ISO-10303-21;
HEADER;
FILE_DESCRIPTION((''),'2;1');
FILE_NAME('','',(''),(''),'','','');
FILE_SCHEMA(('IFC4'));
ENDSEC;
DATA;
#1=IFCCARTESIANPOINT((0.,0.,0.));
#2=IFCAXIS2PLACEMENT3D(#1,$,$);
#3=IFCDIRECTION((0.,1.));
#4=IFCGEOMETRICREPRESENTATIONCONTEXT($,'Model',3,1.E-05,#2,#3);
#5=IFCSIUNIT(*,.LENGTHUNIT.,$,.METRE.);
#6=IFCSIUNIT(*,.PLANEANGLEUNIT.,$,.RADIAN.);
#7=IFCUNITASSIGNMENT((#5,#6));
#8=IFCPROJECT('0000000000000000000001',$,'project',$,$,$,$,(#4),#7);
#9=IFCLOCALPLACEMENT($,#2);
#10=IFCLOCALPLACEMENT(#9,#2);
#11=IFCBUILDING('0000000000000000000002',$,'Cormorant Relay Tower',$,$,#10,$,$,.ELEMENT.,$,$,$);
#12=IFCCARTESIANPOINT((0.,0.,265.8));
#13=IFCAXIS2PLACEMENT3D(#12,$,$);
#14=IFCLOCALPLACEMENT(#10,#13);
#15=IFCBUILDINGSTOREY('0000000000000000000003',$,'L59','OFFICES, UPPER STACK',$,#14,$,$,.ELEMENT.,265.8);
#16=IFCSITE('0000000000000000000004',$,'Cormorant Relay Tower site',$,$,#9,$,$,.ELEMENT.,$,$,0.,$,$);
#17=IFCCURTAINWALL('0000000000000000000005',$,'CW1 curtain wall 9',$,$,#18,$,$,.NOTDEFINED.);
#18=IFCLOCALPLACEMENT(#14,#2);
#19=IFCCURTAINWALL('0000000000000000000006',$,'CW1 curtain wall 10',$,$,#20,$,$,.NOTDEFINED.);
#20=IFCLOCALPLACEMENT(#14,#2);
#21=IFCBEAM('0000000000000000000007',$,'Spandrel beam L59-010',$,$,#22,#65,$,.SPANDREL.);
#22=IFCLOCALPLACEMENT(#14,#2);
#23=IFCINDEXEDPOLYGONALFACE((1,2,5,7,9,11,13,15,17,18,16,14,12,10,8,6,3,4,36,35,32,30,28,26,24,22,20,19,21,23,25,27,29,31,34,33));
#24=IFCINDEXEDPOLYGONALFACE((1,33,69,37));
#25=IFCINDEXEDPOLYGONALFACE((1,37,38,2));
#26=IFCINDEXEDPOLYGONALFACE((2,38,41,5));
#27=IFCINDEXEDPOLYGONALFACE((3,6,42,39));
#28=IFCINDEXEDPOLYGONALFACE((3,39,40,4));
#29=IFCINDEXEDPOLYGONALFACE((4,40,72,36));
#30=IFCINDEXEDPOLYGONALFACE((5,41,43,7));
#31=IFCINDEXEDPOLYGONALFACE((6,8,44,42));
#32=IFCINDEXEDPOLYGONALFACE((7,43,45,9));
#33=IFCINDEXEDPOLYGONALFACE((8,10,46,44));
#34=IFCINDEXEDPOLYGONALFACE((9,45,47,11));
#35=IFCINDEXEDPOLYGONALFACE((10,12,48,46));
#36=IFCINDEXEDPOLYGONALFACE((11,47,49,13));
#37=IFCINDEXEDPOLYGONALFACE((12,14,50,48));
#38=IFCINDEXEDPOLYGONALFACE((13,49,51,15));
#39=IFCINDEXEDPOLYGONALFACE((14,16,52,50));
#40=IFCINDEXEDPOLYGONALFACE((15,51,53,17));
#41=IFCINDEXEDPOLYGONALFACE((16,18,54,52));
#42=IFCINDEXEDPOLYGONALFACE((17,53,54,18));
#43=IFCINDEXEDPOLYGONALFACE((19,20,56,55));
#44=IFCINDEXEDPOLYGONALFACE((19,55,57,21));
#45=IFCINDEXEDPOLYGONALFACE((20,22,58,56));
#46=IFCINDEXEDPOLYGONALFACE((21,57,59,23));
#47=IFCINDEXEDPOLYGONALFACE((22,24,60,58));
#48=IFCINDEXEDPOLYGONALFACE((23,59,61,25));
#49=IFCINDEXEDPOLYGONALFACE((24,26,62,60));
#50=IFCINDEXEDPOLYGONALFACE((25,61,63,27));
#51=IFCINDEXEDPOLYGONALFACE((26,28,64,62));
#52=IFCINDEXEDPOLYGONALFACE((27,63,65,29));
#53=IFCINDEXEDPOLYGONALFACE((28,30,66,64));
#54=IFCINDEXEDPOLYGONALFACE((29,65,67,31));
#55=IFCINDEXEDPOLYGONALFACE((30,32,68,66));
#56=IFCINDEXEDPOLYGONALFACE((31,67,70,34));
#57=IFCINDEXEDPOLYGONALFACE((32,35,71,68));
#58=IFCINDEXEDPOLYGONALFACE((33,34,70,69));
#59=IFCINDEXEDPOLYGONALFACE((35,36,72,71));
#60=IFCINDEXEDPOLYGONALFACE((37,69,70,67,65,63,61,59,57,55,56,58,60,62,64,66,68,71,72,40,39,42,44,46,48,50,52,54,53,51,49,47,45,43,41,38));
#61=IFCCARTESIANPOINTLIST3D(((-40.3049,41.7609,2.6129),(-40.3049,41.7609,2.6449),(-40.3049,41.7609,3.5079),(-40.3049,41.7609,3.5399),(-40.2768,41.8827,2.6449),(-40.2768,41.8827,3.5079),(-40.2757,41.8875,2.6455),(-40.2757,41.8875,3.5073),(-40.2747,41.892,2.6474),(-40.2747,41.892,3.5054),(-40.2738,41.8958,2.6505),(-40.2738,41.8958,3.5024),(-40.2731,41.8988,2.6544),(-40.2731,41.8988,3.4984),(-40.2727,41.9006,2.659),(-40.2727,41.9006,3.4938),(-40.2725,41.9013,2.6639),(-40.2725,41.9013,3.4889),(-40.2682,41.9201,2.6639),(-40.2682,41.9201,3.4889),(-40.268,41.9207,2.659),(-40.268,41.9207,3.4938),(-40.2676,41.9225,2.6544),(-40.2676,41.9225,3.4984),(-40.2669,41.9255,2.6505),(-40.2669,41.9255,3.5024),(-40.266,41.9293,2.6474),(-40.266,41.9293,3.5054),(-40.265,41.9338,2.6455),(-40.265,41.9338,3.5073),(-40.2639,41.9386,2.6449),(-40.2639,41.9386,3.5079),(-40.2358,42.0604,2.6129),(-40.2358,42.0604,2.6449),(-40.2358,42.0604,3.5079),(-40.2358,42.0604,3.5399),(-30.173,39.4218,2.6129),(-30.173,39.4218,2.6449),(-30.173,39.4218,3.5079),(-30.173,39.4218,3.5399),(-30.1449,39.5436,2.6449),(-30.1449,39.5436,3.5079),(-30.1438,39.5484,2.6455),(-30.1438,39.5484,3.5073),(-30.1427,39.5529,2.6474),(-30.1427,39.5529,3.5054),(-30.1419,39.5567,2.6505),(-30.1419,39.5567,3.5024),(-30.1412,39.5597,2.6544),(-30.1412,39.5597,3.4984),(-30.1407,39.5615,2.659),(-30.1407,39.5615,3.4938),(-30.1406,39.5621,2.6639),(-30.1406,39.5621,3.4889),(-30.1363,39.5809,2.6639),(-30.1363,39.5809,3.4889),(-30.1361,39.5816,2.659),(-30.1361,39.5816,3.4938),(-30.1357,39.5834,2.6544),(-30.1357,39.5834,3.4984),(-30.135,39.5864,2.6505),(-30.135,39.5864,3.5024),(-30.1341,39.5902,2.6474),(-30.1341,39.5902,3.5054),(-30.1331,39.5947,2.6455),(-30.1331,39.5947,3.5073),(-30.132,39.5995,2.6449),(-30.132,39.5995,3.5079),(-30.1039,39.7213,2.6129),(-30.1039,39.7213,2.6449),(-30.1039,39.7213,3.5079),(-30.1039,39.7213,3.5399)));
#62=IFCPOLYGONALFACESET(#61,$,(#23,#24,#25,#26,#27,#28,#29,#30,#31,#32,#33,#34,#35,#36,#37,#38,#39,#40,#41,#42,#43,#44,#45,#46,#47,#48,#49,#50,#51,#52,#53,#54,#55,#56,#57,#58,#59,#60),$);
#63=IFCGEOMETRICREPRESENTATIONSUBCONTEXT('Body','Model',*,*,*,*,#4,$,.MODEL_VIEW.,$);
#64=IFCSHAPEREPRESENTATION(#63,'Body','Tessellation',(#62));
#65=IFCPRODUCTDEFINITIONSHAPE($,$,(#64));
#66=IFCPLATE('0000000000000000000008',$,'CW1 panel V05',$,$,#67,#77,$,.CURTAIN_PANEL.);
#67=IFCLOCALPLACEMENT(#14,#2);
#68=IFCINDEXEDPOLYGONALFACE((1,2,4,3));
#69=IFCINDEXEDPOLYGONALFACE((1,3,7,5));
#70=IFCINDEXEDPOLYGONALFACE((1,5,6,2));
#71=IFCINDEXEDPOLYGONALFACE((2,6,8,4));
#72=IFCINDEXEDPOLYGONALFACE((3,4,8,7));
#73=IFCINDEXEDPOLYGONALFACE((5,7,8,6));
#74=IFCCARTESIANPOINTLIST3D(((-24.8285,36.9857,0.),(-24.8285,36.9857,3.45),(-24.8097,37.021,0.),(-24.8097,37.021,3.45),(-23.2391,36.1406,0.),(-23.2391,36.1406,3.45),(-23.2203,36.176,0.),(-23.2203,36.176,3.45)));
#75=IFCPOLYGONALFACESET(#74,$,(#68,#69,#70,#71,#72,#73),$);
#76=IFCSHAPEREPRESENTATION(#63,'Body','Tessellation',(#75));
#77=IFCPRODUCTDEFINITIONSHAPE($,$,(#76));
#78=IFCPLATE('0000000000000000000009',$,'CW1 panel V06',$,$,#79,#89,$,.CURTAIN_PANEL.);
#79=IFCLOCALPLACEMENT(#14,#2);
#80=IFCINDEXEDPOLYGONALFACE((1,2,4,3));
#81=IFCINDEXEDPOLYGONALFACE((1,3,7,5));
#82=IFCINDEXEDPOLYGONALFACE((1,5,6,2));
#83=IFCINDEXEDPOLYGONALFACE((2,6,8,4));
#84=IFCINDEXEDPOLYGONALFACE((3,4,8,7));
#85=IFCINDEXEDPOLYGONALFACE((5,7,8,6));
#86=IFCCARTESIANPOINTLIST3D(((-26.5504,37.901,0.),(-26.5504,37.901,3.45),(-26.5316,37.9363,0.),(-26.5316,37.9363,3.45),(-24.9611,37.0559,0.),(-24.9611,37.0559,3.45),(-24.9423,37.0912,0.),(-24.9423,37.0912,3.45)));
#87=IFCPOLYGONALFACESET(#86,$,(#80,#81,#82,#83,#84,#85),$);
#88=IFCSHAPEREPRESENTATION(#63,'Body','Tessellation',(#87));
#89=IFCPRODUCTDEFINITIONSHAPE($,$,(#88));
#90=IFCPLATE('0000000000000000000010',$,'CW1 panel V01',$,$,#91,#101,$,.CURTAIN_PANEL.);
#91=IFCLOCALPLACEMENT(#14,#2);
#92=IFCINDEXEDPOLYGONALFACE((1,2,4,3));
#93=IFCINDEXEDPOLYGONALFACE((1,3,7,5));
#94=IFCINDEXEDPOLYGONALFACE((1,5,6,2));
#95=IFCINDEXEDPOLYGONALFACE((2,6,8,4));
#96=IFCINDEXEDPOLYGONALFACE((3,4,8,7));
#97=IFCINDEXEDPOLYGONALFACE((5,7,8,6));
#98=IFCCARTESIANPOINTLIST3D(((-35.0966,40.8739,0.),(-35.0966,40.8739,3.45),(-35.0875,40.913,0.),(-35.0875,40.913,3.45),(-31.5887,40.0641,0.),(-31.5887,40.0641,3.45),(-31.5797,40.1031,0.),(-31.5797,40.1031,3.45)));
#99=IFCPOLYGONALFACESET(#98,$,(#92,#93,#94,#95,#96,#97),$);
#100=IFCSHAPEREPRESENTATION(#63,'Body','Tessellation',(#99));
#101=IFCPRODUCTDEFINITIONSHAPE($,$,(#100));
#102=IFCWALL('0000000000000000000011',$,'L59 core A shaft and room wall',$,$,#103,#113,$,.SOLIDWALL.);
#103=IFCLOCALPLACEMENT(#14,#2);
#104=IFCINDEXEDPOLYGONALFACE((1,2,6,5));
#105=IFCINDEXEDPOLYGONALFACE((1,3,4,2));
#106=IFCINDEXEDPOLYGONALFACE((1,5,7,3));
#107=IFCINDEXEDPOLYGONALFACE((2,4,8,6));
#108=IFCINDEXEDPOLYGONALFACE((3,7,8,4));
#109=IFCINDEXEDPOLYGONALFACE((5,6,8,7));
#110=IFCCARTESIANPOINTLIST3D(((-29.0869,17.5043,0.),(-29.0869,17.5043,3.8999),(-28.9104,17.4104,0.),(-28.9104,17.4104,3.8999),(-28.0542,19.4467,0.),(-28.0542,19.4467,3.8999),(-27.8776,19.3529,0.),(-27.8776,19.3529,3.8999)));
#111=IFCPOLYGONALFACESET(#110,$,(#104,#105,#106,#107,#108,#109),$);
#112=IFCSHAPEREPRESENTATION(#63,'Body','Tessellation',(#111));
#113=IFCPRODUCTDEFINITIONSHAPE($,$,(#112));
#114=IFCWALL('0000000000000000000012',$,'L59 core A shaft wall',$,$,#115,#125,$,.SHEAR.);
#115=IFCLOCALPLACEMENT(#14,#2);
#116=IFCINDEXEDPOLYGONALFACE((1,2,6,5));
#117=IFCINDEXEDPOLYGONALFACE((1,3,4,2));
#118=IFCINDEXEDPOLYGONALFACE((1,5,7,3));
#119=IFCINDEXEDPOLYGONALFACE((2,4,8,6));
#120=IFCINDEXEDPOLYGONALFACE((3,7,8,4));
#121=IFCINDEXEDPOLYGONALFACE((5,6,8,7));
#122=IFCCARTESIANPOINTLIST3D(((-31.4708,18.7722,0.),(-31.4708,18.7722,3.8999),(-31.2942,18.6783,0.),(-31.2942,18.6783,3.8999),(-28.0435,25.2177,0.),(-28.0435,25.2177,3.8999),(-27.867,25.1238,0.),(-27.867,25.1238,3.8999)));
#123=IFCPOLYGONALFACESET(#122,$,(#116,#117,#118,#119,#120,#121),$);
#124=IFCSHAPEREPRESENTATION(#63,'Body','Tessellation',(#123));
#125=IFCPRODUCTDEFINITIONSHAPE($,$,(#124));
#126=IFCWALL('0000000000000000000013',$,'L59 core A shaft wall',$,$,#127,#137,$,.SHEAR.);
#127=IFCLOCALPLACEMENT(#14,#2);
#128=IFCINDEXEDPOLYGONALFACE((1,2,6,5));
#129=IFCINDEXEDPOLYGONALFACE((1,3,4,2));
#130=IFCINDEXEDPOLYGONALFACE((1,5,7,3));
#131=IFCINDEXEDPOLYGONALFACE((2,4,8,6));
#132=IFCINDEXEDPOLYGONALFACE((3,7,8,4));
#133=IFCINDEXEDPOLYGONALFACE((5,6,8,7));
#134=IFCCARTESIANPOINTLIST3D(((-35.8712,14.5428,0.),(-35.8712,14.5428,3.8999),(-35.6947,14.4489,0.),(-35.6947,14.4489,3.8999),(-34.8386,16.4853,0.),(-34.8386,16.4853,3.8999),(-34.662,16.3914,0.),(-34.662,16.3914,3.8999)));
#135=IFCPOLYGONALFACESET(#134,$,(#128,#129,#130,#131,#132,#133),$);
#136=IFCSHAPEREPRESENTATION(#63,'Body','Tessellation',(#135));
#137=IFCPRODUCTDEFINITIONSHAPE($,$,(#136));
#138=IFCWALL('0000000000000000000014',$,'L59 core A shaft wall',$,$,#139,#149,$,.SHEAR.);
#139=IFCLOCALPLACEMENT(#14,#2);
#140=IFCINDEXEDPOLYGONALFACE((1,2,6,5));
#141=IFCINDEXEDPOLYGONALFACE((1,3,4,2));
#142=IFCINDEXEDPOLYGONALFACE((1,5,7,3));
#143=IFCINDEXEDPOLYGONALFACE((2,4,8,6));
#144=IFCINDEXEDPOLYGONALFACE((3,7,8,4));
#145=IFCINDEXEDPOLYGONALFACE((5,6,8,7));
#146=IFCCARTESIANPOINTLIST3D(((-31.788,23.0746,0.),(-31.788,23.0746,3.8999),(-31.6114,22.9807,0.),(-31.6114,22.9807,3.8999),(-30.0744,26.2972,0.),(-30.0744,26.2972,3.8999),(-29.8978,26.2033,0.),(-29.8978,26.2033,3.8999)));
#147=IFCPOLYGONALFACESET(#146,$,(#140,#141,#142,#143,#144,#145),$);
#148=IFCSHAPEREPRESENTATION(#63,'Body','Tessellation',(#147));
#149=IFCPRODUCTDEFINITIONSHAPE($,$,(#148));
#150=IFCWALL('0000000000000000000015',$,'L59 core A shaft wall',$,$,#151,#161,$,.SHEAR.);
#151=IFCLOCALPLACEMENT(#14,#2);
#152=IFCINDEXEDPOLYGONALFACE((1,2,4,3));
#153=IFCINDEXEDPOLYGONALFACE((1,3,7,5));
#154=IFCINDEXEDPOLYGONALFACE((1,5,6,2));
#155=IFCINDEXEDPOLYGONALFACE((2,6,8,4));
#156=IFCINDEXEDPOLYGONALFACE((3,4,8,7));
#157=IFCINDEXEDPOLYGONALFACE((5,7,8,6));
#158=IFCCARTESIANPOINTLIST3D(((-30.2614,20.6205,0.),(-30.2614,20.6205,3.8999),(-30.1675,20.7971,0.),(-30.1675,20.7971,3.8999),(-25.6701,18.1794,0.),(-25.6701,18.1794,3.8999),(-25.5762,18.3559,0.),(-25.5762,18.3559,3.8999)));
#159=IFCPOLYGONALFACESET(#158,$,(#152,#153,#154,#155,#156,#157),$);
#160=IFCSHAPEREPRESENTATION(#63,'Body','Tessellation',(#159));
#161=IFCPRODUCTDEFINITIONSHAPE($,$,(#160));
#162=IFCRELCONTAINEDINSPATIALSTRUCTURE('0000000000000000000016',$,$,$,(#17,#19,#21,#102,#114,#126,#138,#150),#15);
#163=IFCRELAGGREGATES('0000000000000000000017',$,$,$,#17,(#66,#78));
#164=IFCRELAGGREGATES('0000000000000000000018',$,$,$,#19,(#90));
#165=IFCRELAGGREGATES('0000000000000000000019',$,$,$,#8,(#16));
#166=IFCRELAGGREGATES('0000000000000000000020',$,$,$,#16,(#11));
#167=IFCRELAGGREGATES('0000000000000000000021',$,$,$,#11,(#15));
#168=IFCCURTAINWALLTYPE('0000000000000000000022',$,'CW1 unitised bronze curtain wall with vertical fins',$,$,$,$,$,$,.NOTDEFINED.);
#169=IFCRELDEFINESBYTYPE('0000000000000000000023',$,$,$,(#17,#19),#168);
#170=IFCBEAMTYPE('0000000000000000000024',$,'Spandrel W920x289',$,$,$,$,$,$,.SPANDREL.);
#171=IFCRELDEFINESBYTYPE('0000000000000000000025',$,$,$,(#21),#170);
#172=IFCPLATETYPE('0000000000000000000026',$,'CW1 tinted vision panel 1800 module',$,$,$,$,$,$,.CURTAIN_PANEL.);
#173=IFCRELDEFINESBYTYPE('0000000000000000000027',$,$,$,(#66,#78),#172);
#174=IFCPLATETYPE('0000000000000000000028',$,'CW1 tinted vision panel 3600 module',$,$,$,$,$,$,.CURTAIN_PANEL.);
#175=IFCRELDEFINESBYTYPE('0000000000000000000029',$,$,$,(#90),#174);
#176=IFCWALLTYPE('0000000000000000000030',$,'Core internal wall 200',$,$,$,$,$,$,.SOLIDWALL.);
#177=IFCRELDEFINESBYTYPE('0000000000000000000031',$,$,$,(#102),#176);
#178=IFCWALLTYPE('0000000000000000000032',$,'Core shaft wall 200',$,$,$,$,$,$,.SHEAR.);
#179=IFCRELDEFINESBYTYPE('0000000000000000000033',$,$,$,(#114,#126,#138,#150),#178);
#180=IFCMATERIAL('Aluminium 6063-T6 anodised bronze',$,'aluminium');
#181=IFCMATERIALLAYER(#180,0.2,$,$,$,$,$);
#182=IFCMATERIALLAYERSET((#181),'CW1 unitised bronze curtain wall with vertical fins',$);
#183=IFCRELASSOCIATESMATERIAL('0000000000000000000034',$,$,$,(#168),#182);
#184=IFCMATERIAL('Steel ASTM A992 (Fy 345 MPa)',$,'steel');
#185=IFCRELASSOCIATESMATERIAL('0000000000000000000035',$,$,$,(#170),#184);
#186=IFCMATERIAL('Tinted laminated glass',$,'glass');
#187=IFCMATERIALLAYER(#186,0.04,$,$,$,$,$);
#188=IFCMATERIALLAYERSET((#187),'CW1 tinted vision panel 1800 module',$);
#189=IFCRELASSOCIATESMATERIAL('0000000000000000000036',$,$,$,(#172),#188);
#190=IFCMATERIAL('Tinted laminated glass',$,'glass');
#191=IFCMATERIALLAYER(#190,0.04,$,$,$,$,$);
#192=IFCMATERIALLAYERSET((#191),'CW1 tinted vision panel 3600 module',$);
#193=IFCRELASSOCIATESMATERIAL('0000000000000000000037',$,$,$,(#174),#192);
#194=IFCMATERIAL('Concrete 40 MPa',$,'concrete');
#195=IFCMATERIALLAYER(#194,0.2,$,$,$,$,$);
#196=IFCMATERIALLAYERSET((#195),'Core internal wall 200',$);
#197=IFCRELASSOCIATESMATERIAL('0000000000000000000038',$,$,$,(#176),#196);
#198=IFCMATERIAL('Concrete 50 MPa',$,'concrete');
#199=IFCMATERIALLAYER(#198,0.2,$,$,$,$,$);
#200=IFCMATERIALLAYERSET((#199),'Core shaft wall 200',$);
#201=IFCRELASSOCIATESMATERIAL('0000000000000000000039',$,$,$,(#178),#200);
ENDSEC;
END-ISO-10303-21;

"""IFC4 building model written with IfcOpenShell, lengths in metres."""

from ifc_helpers import new_model, si_unit, direction, frame, frame_2d, origin, origin_2d, place, context, subcontext, project, spatial, rectangle, i_section, extrude, material, layer, layer_set, material_profile, profile_set, type_object, element, aggregate, save


model = new_model("IFC4")

# Units and contexts
model_context = context("Model", 3, precision=1e-05, world=origin(), true_north=direction((0.0, 1.0)))
body_context = subcontext(model_context, "Body", "Model", "MODEL_VIEW")
ifc_project = project(units=[si_unit("LENGTHUNIT", "METRE"), si_unit("PLANEANGLEUNIT", "RADIAN")], contexts=[model_context])

# Site, building, storey
site_placement = place(None, origin())
site = spatial("IfcSite", under=ifc_project, at=site_placement, Name="Cormorant Relay Tower site", CompositionType="ELEMENT", RefElevation=0.0)
building_placement = place(site_placement, origin())
building = spatial("IfcBuilding", under=site, at=building_placement, Name="Cormorant Relay Tower", CompositionType="ELEMENT")
storey_placement = place(building_placement, frame((0.0, 0.0, 265.8)))
storey = spatial("IfcBuildingStorey", under=building, at=storey_placement, Name="L59", Description="OFFICES, UPPER STACK", CompositionType="ELEMENT", Elevation=265.8)

# Curtain wall
ifc_material_1 = material(Name="Aluminium 6063-T6 anodised bronze", Category="aluminium")
ifc_layer_1 = layer(ifc_material_1, 0.2)
ifc_layer_set_1 = layer_set([ifc_layer_1], Name="CW1 unitised bronze curtain wall with vertical fins")
curtain_wall_type = type_object("IfcCurtainWallType", Name="CW1 unitised bronze curtain wall with vertical fins", PredefinedType="NOTDEFINED", material=ifc_layer_set_1)
curtain_wall_1_placement = place(storey_placement, origin())
curtain_wall_1 = element("IfcCurtainWall", 1, at=curtain_wall_1_placement, inside=storey, type_object=curtain_wall_type, Name="CW1 curtain wall 9", PredefinedType="NOTDEFINED")

# Curtain wall
curtain_wall_2_placement = place(storey_placement, origin())
curtain_wall_2 = element("IfcCurtainWall", 2, at=curtain_wall_2_placement, inside=storey, type_object=curtain_wall_type, Name="CW1 curtain wall 10", PredefinedType="NOTDEFINED")

# Beam
ifc_material_2 = material(Name="Steel ASTM A992 (Fy 345 MPa)", Category="steel")
ifc_material_profile_1 = material_profile(ifc_material_2, i_section(OverallWidth=0.3074, OverallDepth=0.927, WebThickness=0.0193, FlangeThickness=0.032, FilletRadius=0.019, at=origin_2d()), Name="W920x289")
ifc_profile_set_1 = profile_set([ifc_material_profile_1], Name="Steel ASTM A992 (Fy 345 MPa)")
beam_type = type_object("IfcBeamType", Name="Spandrel W920x289", PredefinedType="SPANDREL", material=ifc_profile_set_1)
beam_placement = place(storey_placement, frame((-30.1384, 39.5715, 3.0764), z_axis=(-0.97437, 0.22495, 0.0), x_axis=(-0.22495, -0.97437, 0.0)))
element("IfcBeam", 3, at=beam_placement, inside=storey, type_object=beam_type, Name="Spandrel beam L59-010", PredefinedType="SPANDREL", context=body_context, shape_type="SweptSolid", body=[
    extrude(i_section(OverallWidth=0.3074, OverallDepth=0.927, WebThickness=0.0193, FlangeThickness=0.032, FilletRadius=0.019, at=origin_2d()), origin(), (0.0, 0.0, 1.0), 10.3984),
])

# Plates
ifc_material_3 = material(Name="Tinted laminated glass", Category="glass")
ifc_layer_2 = layer(ifc_material_3, 0.04)
ifc_layer_set_2 = layer_set([ifc_layer_2], Name="CW1 tinted vision panel 1800 module")
plate_type_1 = type_object("IfcPlateType", Name="CW1 tinted vision panel 1800 module", PredefinedType="CURTAIN_PANEL", material=ifc_layer_set_2)
plate_1_placement = place(storey_placement, frame((-24.0244, 36.5808, 0.0), z_axis=(0.0, 0.0, 1.0), x_axis=(-0.882948, 0.469472, 0.0)))
plate_1 = element("IfcPlate", 4, at=plate_1_placement, type_object=plate_type_1, Name="CW1 panel V05", PredefinedType="CURTAIN_PANEL", context=body_context, shape_type="SweptSolid", body=[
    extrude(rectangle(XDim=1.8, YDim=0.04, at=origin_2d()), origin(), (0.0, 0.0, 1.0), 3.45),
])
plate_2_placement = place(storey_placement, frame((-25.7463, 37.4961, 0.0), z_axis=(0.0, 0.0, 1.0), x_axis=(-0.882948, 0.469472, 0.0)))
plate_2 = element("IfcPlate", 5, at=plate_2_placement, type_object=plate_type_1, Name="CW1 panel V06", PredefinedType="CURTAIN_PANEL", context=body_context, shape_type="SweptSolid", body=[
    extrude(rectangle(XDim=1.8, YDim=0.04, at=origin_2d()), origin(), (0.0, 0.0, 1.0), 3.45),
])
ifc_material_4 = material(Name="Tinted laminated glass", Category="glass")
ifc_layer_3 = layer(ifc_material_4, 0.04)
ifc_layer_set_3 = layer_set([ifc_layer_3], Name="CW1 tinted vision panel 3600 module")
plate_type_2 = type_object("IfcPlateType", Name="CW1 tinted vision panel 3600 module", PredefinedType="CURTAIN_PANEL", material=ifc_layer_set_3)
plate_3_placement = place(storey_placement, frame((-33.3381, 40.4885, 0.0), z_axis=(0.0, 0.0, 1.0), x_axis=(-0.97437, 0.224951, 0.0)))
plate_3 = element("IfcPlate", 6, at=plate_3_placement, type_object=plate_type_2, Name="CW1 panel V01", PredefinedType="CURTAIN_PANEL", context=body_context, shape_type="SweptSolid", body=[
    extrude(rectangle(XDim=3.6001, YDim=0.04, at=origin_2d()), origin(), (0.0, 0.0, 1.0), 3.45),
])

# Walls
ifc_material_5 = material(Name="Concrete 40 MPa", Category="concrete")
ifc_layer_4 = layer(ifc_material_5, 0.2)
ifc_layer_set_4 = layer_set([ifc_layer_4], Name="Core internal wall 200")
wall_type_1 = type_object("IfcWallType", Name="Core internal wall 200", PredefinedType="SOLIDWALL", material=ifc_layer_set_4)
wall_1_placement = place(storey_placement, frame((-27.9658, 19.3999, 0.0), z_axis=(0.0, 0.0, 1.0), x_axis=(-0.469447, -0.88296, 0.0)))
element("IfcWall", 7, at=wall_1_placement, inside=storey, type_object=wall_type_1, Name="L59 core A shaft and room wall", PredefinedType="SOLIDWALL", context=body_context, shape_type="SweptSolid", body=[
    extrude(rectangle(XDim=2.2, YDim=0.2, at=frame_2d((1.1001, 0.0))), origin(), (0.0, 0.0, 1.0), 3.8999),
])
ifc_material_6 = material(Name="Concrete 50 MPa", Category="concrete")
ifc_layer_5 = layer(ifc_material_6, 0.2)
ifc_layer_set_5 = layer_set([ifc_layer_5], Name="Core shaft wall 200")
wall_type_2 = type_object("IfcWallType", Name="Core shaft wall 200", PredefinedType="SHEAR", material=ifc_layer_set_5)
wall_2_placement = place(storey_placement, frame((-27.9553, 25.1707, 0.0), z_axis=(0.0, 0.0, 1.0), x_axis=(-0.46948, -0.882943, 0.0)))
element("IfcWall", 8, at=wall_2_placement, inside=storey, type_object=wall_type_2, Name="L59 core A shaft wall", PredefinedType="SHEAR", context=body_context, shape_type="SweptSolid", body=[
    extrude(rectangle(XDim=7.3, YDim=0.2, at=frame_2d((3.6499, 0.0))), origin(), (0.0, 0.0, 1.0), 3.8999),
])
wall_3_placement = place(storey_placement, frame((-34.7502, 16.4385, 0.0), z_axis=(0.0, 0.0, 1.0), x_axis=(-0.469401, -0.882985, 0.0)))
element("IfcWall", 9, at=wall_3_placement, inside=storey, type_object=wall_type_2, Name="L59 core A shaft wall", PredefinedType="SHEAR", context=body_context, shape_type="SweptSolid", body=[
    extrude(rectangle(XDim=2.2, YDim=0.2, at=frame_2d((1.1001, 0.0))), origin(), (0.0, 0.0, 1.0), 3.8999),
])
wall_4_placement = place(storey_placement, frame((-29.9861, 26.2502, 0.0), z_axis=(0.0, 0.0, 1.0), x_axis=(-0.469494, -0.882936, 0.0)))
element("IfcWall", 10, at=wall_4_placement, inside=storey, type_object=wall_type_2, Name="L59 core A shaft wall", PredefinedType="SHEAR", context=body_context, shape_type="SweptSolid", body=[
    extrude(rectangle(XDim=3.6499, YDim=0.2, at=frame_2d((1.825, 0.0))), origin(), (0.0, 0.0, 1.0), 3.8999),
])

# Wall
wall_5_placement = place(storey_placement, frame((-25.623, 18.2676, 0.0), z_axis=(0.0, 0.0, 1.0), x_axis=(-0.882954, 0.46946, 0.0)))
element("IfcWall", 11, at=wall_5_placement, inside=storey, type_object=wall_type_2, Name="L59 core A shaft wall", PredefinedType="SHEAR", context=body_context, shape_type="SweptSolid", body=[
    extrude(rectangle(XDim=5.2, YDim=0.2, at=frame_2d((2.6001, 0.0))), origin(), (0.0, 0.0, 1.0), 3.8999),
])

aggregate(curtain_wall_1, [plate_1, plate_2])
aggregate(curtain_wall_2, [plate_3])

save(model, "model.ifc")
